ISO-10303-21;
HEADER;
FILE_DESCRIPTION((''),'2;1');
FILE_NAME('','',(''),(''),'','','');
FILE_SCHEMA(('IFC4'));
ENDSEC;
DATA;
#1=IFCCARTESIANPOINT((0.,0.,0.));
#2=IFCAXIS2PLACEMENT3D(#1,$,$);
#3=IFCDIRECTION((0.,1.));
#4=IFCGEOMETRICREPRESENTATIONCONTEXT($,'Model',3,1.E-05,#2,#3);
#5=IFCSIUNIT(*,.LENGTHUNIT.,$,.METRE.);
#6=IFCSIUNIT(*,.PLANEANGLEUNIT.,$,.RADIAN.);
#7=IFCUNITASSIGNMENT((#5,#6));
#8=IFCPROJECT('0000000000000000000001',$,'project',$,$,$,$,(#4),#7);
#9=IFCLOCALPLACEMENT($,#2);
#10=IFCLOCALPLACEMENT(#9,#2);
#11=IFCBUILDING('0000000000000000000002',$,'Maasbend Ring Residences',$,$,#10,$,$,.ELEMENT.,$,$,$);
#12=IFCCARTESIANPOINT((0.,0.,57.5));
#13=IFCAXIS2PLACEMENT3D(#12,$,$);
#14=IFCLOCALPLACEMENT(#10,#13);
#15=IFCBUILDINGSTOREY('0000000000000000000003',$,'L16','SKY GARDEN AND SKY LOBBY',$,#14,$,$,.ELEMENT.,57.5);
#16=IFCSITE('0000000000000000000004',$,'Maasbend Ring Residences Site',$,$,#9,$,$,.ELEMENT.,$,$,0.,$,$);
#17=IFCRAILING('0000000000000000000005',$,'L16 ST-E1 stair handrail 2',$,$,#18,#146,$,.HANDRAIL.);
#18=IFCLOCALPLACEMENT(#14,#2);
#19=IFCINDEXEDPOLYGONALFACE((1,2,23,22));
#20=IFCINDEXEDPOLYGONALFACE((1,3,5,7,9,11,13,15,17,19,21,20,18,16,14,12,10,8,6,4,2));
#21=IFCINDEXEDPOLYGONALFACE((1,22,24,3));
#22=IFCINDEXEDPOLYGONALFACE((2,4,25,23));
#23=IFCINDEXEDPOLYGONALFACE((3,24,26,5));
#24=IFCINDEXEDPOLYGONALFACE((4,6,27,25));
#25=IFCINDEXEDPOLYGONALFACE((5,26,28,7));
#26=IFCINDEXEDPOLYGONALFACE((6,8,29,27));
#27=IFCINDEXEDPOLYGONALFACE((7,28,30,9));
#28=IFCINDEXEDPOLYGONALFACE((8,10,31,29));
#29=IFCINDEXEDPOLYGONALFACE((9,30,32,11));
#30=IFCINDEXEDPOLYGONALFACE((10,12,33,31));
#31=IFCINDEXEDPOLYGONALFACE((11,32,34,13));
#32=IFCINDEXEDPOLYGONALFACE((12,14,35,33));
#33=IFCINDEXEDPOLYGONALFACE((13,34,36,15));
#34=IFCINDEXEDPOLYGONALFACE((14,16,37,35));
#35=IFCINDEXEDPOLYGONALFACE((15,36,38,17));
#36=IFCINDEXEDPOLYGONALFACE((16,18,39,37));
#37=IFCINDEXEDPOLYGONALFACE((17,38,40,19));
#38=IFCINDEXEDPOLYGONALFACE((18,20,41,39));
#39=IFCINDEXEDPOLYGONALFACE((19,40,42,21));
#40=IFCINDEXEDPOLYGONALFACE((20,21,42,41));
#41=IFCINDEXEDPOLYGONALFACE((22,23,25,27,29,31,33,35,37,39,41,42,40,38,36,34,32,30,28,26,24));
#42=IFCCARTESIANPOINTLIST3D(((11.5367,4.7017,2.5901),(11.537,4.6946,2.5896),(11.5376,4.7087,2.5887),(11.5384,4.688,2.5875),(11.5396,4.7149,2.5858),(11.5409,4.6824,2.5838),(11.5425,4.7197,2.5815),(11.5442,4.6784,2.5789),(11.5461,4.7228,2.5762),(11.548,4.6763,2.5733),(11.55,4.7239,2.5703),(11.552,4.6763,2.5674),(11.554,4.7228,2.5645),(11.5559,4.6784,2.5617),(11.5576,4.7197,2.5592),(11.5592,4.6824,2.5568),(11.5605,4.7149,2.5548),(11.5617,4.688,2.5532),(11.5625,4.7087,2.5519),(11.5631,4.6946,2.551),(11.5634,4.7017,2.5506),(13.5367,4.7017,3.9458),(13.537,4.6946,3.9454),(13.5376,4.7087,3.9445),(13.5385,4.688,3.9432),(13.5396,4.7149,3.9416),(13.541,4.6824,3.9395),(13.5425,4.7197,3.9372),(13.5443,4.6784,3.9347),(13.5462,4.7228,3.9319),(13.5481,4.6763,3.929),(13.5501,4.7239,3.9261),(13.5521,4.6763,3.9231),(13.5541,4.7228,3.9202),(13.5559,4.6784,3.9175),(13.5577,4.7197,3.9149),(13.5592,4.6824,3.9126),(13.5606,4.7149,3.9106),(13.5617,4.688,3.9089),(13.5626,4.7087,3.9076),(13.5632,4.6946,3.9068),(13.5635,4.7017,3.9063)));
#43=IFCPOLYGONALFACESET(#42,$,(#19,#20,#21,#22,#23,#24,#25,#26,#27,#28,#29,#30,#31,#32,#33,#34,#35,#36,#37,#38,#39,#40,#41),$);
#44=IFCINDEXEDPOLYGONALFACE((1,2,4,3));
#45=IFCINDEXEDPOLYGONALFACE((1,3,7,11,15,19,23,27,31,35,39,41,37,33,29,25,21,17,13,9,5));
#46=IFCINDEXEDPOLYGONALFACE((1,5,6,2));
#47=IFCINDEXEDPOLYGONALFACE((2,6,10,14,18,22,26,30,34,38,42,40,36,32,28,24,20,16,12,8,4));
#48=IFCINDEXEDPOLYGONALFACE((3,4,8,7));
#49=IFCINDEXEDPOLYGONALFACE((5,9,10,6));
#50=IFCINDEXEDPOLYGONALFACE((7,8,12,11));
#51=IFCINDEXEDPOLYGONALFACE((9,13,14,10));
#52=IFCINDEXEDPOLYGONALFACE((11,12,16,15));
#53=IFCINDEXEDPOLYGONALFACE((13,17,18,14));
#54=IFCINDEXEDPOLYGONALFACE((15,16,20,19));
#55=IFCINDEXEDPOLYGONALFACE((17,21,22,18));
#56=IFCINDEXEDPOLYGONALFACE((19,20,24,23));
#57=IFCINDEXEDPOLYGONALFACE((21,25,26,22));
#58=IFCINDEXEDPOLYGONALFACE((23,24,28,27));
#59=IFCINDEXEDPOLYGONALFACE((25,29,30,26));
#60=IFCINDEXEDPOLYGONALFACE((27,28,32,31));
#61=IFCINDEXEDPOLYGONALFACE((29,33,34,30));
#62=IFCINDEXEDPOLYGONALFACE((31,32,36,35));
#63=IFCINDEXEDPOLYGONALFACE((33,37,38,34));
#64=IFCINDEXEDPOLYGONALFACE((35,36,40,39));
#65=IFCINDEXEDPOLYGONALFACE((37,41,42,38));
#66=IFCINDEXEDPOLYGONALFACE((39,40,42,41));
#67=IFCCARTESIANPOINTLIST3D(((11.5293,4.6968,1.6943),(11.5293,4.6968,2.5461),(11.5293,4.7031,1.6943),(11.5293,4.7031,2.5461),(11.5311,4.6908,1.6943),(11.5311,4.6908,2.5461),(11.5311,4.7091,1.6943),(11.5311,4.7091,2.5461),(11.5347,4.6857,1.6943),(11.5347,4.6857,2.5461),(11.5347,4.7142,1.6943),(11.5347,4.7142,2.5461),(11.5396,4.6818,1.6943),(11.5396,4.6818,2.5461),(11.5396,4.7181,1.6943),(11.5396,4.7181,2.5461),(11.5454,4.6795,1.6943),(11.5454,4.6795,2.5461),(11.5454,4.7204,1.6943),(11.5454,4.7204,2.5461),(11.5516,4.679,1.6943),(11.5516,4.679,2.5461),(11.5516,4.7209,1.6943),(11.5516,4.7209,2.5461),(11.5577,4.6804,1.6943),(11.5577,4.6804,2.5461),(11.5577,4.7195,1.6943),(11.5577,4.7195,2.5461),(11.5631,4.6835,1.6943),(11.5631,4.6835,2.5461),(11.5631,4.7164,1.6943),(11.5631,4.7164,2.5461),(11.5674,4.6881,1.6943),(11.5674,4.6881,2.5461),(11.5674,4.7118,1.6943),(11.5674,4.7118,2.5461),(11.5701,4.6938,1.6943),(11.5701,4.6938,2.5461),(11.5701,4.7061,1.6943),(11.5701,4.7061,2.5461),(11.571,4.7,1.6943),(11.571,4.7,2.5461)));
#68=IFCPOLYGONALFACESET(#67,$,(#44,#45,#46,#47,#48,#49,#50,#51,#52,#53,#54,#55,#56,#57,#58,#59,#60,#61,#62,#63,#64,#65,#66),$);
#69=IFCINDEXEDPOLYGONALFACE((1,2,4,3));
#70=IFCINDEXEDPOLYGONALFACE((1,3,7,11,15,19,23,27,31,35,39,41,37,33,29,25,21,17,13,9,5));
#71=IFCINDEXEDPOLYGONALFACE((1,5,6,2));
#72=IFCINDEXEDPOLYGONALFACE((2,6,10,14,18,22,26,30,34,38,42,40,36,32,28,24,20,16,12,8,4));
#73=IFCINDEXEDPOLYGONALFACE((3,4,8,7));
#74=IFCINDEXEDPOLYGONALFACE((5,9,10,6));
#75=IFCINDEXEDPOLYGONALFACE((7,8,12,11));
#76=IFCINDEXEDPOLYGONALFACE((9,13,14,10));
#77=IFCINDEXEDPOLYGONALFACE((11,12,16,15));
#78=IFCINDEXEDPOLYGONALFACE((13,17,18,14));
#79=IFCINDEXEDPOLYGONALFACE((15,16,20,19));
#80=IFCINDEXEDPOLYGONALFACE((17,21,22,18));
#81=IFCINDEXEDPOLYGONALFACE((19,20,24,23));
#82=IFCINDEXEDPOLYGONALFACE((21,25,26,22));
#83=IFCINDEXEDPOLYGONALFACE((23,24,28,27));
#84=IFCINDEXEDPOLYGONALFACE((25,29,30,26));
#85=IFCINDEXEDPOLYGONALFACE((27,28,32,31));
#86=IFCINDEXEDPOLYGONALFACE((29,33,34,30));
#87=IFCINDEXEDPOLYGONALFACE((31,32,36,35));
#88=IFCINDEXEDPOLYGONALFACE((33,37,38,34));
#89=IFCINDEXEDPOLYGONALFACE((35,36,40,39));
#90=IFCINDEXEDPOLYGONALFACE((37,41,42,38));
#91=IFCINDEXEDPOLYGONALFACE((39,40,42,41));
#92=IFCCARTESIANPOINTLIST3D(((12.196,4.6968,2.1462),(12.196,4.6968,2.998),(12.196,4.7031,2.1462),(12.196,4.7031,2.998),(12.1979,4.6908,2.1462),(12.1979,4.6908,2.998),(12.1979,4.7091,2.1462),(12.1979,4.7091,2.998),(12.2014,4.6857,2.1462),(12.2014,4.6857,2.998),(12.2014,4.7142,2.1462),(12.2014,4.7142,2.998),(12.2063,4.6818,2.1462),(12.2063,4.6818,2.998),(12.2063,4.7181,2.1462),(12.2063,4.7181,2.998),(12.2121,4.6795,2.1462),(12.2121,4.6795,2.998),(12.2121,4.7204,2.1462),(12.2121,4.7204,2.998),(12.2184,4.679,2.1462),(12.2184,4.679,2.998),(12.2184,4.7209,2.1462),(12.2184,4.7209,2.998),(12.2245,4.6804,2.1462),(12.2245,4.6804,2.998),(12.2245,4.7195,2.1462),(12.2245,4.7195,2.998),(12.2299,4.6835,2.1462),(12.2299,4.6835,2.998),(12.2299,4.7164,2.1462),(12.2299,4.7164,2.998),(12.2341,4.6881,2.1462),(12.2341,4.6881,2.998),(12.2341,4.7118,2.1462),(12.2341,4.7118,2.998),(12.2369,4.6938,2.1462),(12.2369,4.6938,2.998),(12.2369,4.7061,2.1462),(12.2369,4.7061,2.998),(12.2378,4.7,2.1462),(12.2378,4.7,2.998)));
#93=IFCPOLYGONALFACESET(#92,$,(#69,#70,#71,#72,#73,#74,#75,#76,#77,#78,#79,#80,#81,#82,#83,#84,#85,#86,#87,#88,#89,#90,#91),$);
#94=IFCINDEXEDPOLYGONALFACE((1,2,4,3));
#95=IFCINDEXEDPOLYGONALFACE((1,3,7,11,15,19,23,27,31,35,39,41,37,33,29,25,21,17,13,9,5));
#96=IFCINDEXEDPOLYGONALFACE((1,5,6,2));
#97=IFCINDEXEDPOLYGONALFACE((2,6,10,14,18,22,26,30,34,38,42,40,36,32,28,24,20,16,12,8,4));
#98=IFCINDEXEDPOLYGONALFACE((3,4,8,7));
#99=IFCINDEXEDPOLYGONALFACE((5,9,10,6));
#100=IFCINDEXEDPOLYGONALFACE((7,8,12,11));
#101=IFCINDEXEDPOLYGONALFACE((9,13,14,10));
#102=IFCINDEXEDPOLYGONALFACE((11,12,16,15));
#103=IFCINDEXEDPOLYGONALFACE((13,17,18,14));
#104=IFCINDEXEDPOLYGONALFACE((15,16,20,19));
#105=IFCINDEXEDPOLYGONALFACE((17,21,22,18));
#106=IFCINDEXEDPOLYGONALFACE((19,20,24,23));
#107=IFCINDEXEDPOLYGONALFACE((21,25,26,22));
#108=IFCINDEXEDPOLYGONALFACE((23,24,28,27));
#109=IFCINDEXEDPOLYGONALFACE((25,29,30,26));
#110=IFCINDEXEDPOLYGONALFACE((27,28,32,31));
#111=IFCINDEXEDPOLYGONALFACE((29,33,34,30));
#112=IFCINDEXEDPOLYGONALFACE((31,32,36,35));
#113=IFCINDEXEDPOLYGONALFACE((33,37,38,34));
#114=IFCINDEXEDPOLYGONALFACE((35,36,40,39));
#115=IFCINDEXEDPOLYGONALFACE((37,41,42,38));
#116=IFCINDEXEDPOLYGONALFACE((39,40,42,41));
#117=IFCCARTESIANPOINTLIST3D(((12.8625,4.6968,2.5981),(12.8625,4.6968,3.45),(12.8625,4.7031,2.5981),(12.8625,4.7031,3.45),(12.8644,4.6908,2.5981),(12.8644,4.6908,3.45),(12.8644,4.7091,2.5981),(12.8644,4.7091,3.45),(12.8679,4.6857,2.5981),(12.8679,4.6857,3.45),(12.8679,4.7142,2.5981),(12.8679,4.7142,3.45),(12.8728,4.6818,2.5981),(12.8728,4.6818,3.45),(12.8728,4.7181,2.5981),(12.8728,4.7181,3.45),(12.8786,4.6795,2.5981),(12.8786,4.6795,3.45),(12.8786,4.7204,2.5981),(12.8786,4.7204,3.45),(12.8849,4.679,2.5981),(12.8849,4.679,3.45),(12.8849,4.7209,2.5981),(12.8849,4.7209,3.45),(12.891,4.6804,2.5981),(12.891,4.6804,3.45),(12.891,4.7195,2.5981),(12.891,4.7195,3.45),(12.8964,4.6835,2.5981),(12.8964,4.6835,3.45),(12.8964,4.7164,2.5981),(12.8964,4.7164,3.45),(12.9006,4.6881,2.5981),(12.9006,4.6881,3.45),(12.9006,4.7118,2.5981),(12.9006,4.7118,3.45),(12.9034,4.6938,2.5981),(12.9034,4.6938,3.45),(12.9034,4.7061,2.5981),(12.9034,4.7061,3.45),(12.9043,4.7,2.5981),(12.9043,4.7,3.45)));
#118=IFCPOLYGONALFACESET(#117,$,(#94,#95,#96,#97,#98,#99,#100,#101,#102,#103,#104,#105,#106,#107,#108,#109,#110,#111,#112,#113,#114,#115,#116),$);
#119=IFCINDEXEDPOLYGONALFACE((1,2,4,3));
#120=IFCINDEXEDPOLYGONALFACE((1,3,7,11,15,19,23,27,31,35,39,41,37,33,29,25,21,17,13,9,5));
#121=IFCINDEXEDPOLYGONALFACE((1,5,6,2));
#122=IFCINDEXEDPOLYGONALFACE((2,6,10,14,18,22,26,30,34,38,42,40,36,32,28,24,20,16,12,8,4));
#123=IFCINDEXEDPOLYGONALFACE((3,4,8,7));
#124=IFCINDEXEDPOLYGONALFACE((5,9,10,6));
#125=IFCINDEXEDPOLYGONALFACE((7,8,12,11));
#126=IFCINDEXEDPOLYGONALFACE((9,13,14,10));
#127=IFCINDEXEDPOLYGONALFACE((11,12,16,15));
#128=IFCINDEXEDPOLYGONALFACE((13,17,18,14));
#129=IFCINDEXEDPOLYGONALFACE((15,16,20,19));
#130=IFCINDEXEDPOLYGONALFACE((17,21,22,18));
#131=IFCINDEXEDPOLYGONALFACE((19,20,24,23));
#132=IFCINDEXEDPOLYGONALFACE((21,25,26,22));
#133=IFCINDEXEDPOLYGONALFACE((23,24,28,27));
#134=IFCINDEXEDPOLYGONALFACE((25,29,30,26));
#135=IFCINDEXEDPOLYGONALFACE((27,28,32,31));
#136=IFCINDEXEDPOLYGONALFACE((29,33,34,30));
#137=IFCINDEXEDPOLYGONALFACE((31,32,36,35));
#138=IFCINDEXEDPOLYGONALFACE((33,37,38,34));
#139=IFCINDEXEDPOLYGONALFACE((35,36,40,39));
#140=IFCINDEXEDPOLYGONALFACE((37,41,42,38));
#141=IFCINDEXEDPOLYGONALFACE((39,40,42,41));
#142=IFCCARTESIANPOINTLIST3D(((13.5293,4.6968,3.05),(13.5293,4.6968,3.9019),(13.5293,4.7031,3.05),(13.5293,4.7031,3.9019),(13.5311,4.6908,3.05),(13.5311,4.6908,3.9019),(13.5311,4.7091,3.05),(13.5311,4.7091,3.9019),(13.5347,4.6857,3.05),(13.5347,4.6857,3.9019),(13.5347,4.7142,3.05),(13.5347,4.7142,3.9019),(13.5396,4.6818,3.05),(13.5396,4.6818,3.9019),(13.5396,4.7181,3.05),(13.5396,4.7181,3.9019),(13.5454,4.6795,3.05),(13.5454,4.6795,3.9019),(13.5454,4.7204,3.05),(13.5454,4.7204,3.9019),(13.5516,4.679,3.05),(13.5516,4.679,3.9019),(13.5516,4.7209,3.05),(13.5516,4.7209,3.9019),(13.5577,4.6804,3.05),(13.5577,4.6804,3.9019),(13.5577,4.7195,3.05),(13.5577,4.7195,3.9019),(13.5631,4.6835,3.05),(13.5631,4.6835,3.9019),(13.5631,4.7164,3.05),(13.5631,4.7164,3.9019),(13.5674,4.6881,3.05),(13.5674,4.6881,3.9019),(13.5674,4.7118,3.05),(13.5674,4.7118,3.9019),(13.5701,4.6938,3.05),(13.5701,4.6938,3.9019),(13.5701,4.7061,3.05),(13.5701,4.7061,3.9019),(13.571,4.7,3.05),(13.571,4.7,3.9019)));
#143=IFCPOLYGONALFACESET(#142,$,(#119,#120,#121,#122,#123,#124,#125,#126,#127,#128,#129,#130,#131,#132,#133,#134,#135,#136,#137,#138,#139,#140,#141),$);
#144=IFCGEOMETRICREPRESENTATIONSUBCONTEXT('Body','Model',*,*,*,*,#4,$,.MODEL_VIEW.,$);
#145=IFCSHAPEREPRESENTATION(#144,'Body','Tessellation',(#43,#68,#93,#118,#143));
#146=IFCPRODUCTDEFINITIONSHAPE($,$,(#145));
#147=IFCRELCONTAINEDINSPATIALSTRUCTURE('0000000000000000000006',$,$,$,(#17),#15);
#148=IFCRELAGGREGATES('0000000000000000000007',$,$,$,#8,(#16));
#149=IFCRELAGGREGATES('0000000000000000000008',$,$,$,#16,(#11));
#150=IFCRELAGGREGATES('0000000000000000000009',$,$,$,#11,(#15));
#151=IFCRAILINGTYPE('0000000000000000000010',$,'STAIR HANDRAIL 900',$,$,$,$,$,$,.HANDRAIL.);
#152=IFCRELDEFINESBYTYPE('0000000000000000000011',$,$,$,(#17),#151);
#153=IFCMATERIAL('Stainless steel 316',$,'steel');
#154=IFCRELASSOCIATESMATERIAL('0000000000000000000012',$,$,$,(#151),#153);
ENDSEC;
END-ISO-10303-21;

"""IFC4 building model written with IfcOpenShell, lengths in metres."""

from ifc_helpers import new_model, si_unit, direction, frame, origin, origin_2d, place, context, subcontext, project, spatial, circle, extrude, material, type_object, element, save


model = new_model("IFC4")

# Units and contexts
model_context = context("Model", 3, precision=1e-05, world=origin(), true_north=direction((0.0, 1.0)))
body_context = subcontext(model_context, "Body", "Model", "MODEL_VIEW")
ifc_project = project(units=[si_unit("LENGTHUNIT", "METRE"), si_unit("PLANEANGLEUNIT", "RADIAN")], contexts=[model_context])

# Site, building, storey
site_placement = place(None, origin())
site = spatial("IfcSite", under=ifc_project, at=site_placement, Name="Maasbend Ring Residences Site", CompositionType="ELEMENT", RefElevation=0.0)
building_placement = place(site_placement, origin())
building = spatial("IfcBuilding", under=site, at=building_placement, Name="Maasbend Ring Residences", CompositionType="ELEMENT")
storey_placement = place(building_placement, frame((0.0, 0.0, 57.5)))
storey = spatial("IfcBuildingStorey", under=building, at=storey_placement, Name="L16", Description="SKY GARDEN AND SKY LOBBY", CompositionType="ELEMENT", Elevation=57.5)

# Railing
ifc_material_1 = material(Name="Stainless steel 316", Category="steel")
railing_type_1 = type_object("IfcRailingType", Name="STAIR HANDRAIL 900", PredefinedType="HANDRAIL", material=ifc_material_1)
for number, where, name in (
    (1, (11.55, 4.7, 1.6943), "L16 ST-E1 stair handrail 2"),
):
    element("IfcRailing", number, at=place(storey_placement, frame(where)), inside=storey, type_object=railing_type_1, Name=name, PredefinedType="HANDRAIL", context=body_context, shape_type="SweptSolid", body=[
        extrude(circle(Radius=0.0239, at=origin_2d()), frame((0.0, 0.0, 0.876), z_axis=(0.827751, 0.0, 0.561096), x_axis=(0.0, 1.0, 0.0)), (0.0, 0.0, 1.0), 2.4163),
        extrude(circle(Radius=0.021, at=origin_2d()), origin(), (0.0, 0.0, 1.0), 0.8518),
        extrude(circle(Radius=0.021, at=origin_2d()), frame((0.6667, 0.0, 0.4519)), (0.0, 0.0, 1.0), 0.8518),
        extrude(circle(Radius=0.021, at=origin_2d()), frame((1.3333, 0.0, 0.9038)), (0.0, 0.0, 1.0), 0.8518),
        extrude(circle(Radius=0.021, at=origin_2d()), frame((2.0, 0.0, 1.3557)), (0.0, 0.0, 1.0), 0.8518),
    ])

save(model, "model.ifc")
